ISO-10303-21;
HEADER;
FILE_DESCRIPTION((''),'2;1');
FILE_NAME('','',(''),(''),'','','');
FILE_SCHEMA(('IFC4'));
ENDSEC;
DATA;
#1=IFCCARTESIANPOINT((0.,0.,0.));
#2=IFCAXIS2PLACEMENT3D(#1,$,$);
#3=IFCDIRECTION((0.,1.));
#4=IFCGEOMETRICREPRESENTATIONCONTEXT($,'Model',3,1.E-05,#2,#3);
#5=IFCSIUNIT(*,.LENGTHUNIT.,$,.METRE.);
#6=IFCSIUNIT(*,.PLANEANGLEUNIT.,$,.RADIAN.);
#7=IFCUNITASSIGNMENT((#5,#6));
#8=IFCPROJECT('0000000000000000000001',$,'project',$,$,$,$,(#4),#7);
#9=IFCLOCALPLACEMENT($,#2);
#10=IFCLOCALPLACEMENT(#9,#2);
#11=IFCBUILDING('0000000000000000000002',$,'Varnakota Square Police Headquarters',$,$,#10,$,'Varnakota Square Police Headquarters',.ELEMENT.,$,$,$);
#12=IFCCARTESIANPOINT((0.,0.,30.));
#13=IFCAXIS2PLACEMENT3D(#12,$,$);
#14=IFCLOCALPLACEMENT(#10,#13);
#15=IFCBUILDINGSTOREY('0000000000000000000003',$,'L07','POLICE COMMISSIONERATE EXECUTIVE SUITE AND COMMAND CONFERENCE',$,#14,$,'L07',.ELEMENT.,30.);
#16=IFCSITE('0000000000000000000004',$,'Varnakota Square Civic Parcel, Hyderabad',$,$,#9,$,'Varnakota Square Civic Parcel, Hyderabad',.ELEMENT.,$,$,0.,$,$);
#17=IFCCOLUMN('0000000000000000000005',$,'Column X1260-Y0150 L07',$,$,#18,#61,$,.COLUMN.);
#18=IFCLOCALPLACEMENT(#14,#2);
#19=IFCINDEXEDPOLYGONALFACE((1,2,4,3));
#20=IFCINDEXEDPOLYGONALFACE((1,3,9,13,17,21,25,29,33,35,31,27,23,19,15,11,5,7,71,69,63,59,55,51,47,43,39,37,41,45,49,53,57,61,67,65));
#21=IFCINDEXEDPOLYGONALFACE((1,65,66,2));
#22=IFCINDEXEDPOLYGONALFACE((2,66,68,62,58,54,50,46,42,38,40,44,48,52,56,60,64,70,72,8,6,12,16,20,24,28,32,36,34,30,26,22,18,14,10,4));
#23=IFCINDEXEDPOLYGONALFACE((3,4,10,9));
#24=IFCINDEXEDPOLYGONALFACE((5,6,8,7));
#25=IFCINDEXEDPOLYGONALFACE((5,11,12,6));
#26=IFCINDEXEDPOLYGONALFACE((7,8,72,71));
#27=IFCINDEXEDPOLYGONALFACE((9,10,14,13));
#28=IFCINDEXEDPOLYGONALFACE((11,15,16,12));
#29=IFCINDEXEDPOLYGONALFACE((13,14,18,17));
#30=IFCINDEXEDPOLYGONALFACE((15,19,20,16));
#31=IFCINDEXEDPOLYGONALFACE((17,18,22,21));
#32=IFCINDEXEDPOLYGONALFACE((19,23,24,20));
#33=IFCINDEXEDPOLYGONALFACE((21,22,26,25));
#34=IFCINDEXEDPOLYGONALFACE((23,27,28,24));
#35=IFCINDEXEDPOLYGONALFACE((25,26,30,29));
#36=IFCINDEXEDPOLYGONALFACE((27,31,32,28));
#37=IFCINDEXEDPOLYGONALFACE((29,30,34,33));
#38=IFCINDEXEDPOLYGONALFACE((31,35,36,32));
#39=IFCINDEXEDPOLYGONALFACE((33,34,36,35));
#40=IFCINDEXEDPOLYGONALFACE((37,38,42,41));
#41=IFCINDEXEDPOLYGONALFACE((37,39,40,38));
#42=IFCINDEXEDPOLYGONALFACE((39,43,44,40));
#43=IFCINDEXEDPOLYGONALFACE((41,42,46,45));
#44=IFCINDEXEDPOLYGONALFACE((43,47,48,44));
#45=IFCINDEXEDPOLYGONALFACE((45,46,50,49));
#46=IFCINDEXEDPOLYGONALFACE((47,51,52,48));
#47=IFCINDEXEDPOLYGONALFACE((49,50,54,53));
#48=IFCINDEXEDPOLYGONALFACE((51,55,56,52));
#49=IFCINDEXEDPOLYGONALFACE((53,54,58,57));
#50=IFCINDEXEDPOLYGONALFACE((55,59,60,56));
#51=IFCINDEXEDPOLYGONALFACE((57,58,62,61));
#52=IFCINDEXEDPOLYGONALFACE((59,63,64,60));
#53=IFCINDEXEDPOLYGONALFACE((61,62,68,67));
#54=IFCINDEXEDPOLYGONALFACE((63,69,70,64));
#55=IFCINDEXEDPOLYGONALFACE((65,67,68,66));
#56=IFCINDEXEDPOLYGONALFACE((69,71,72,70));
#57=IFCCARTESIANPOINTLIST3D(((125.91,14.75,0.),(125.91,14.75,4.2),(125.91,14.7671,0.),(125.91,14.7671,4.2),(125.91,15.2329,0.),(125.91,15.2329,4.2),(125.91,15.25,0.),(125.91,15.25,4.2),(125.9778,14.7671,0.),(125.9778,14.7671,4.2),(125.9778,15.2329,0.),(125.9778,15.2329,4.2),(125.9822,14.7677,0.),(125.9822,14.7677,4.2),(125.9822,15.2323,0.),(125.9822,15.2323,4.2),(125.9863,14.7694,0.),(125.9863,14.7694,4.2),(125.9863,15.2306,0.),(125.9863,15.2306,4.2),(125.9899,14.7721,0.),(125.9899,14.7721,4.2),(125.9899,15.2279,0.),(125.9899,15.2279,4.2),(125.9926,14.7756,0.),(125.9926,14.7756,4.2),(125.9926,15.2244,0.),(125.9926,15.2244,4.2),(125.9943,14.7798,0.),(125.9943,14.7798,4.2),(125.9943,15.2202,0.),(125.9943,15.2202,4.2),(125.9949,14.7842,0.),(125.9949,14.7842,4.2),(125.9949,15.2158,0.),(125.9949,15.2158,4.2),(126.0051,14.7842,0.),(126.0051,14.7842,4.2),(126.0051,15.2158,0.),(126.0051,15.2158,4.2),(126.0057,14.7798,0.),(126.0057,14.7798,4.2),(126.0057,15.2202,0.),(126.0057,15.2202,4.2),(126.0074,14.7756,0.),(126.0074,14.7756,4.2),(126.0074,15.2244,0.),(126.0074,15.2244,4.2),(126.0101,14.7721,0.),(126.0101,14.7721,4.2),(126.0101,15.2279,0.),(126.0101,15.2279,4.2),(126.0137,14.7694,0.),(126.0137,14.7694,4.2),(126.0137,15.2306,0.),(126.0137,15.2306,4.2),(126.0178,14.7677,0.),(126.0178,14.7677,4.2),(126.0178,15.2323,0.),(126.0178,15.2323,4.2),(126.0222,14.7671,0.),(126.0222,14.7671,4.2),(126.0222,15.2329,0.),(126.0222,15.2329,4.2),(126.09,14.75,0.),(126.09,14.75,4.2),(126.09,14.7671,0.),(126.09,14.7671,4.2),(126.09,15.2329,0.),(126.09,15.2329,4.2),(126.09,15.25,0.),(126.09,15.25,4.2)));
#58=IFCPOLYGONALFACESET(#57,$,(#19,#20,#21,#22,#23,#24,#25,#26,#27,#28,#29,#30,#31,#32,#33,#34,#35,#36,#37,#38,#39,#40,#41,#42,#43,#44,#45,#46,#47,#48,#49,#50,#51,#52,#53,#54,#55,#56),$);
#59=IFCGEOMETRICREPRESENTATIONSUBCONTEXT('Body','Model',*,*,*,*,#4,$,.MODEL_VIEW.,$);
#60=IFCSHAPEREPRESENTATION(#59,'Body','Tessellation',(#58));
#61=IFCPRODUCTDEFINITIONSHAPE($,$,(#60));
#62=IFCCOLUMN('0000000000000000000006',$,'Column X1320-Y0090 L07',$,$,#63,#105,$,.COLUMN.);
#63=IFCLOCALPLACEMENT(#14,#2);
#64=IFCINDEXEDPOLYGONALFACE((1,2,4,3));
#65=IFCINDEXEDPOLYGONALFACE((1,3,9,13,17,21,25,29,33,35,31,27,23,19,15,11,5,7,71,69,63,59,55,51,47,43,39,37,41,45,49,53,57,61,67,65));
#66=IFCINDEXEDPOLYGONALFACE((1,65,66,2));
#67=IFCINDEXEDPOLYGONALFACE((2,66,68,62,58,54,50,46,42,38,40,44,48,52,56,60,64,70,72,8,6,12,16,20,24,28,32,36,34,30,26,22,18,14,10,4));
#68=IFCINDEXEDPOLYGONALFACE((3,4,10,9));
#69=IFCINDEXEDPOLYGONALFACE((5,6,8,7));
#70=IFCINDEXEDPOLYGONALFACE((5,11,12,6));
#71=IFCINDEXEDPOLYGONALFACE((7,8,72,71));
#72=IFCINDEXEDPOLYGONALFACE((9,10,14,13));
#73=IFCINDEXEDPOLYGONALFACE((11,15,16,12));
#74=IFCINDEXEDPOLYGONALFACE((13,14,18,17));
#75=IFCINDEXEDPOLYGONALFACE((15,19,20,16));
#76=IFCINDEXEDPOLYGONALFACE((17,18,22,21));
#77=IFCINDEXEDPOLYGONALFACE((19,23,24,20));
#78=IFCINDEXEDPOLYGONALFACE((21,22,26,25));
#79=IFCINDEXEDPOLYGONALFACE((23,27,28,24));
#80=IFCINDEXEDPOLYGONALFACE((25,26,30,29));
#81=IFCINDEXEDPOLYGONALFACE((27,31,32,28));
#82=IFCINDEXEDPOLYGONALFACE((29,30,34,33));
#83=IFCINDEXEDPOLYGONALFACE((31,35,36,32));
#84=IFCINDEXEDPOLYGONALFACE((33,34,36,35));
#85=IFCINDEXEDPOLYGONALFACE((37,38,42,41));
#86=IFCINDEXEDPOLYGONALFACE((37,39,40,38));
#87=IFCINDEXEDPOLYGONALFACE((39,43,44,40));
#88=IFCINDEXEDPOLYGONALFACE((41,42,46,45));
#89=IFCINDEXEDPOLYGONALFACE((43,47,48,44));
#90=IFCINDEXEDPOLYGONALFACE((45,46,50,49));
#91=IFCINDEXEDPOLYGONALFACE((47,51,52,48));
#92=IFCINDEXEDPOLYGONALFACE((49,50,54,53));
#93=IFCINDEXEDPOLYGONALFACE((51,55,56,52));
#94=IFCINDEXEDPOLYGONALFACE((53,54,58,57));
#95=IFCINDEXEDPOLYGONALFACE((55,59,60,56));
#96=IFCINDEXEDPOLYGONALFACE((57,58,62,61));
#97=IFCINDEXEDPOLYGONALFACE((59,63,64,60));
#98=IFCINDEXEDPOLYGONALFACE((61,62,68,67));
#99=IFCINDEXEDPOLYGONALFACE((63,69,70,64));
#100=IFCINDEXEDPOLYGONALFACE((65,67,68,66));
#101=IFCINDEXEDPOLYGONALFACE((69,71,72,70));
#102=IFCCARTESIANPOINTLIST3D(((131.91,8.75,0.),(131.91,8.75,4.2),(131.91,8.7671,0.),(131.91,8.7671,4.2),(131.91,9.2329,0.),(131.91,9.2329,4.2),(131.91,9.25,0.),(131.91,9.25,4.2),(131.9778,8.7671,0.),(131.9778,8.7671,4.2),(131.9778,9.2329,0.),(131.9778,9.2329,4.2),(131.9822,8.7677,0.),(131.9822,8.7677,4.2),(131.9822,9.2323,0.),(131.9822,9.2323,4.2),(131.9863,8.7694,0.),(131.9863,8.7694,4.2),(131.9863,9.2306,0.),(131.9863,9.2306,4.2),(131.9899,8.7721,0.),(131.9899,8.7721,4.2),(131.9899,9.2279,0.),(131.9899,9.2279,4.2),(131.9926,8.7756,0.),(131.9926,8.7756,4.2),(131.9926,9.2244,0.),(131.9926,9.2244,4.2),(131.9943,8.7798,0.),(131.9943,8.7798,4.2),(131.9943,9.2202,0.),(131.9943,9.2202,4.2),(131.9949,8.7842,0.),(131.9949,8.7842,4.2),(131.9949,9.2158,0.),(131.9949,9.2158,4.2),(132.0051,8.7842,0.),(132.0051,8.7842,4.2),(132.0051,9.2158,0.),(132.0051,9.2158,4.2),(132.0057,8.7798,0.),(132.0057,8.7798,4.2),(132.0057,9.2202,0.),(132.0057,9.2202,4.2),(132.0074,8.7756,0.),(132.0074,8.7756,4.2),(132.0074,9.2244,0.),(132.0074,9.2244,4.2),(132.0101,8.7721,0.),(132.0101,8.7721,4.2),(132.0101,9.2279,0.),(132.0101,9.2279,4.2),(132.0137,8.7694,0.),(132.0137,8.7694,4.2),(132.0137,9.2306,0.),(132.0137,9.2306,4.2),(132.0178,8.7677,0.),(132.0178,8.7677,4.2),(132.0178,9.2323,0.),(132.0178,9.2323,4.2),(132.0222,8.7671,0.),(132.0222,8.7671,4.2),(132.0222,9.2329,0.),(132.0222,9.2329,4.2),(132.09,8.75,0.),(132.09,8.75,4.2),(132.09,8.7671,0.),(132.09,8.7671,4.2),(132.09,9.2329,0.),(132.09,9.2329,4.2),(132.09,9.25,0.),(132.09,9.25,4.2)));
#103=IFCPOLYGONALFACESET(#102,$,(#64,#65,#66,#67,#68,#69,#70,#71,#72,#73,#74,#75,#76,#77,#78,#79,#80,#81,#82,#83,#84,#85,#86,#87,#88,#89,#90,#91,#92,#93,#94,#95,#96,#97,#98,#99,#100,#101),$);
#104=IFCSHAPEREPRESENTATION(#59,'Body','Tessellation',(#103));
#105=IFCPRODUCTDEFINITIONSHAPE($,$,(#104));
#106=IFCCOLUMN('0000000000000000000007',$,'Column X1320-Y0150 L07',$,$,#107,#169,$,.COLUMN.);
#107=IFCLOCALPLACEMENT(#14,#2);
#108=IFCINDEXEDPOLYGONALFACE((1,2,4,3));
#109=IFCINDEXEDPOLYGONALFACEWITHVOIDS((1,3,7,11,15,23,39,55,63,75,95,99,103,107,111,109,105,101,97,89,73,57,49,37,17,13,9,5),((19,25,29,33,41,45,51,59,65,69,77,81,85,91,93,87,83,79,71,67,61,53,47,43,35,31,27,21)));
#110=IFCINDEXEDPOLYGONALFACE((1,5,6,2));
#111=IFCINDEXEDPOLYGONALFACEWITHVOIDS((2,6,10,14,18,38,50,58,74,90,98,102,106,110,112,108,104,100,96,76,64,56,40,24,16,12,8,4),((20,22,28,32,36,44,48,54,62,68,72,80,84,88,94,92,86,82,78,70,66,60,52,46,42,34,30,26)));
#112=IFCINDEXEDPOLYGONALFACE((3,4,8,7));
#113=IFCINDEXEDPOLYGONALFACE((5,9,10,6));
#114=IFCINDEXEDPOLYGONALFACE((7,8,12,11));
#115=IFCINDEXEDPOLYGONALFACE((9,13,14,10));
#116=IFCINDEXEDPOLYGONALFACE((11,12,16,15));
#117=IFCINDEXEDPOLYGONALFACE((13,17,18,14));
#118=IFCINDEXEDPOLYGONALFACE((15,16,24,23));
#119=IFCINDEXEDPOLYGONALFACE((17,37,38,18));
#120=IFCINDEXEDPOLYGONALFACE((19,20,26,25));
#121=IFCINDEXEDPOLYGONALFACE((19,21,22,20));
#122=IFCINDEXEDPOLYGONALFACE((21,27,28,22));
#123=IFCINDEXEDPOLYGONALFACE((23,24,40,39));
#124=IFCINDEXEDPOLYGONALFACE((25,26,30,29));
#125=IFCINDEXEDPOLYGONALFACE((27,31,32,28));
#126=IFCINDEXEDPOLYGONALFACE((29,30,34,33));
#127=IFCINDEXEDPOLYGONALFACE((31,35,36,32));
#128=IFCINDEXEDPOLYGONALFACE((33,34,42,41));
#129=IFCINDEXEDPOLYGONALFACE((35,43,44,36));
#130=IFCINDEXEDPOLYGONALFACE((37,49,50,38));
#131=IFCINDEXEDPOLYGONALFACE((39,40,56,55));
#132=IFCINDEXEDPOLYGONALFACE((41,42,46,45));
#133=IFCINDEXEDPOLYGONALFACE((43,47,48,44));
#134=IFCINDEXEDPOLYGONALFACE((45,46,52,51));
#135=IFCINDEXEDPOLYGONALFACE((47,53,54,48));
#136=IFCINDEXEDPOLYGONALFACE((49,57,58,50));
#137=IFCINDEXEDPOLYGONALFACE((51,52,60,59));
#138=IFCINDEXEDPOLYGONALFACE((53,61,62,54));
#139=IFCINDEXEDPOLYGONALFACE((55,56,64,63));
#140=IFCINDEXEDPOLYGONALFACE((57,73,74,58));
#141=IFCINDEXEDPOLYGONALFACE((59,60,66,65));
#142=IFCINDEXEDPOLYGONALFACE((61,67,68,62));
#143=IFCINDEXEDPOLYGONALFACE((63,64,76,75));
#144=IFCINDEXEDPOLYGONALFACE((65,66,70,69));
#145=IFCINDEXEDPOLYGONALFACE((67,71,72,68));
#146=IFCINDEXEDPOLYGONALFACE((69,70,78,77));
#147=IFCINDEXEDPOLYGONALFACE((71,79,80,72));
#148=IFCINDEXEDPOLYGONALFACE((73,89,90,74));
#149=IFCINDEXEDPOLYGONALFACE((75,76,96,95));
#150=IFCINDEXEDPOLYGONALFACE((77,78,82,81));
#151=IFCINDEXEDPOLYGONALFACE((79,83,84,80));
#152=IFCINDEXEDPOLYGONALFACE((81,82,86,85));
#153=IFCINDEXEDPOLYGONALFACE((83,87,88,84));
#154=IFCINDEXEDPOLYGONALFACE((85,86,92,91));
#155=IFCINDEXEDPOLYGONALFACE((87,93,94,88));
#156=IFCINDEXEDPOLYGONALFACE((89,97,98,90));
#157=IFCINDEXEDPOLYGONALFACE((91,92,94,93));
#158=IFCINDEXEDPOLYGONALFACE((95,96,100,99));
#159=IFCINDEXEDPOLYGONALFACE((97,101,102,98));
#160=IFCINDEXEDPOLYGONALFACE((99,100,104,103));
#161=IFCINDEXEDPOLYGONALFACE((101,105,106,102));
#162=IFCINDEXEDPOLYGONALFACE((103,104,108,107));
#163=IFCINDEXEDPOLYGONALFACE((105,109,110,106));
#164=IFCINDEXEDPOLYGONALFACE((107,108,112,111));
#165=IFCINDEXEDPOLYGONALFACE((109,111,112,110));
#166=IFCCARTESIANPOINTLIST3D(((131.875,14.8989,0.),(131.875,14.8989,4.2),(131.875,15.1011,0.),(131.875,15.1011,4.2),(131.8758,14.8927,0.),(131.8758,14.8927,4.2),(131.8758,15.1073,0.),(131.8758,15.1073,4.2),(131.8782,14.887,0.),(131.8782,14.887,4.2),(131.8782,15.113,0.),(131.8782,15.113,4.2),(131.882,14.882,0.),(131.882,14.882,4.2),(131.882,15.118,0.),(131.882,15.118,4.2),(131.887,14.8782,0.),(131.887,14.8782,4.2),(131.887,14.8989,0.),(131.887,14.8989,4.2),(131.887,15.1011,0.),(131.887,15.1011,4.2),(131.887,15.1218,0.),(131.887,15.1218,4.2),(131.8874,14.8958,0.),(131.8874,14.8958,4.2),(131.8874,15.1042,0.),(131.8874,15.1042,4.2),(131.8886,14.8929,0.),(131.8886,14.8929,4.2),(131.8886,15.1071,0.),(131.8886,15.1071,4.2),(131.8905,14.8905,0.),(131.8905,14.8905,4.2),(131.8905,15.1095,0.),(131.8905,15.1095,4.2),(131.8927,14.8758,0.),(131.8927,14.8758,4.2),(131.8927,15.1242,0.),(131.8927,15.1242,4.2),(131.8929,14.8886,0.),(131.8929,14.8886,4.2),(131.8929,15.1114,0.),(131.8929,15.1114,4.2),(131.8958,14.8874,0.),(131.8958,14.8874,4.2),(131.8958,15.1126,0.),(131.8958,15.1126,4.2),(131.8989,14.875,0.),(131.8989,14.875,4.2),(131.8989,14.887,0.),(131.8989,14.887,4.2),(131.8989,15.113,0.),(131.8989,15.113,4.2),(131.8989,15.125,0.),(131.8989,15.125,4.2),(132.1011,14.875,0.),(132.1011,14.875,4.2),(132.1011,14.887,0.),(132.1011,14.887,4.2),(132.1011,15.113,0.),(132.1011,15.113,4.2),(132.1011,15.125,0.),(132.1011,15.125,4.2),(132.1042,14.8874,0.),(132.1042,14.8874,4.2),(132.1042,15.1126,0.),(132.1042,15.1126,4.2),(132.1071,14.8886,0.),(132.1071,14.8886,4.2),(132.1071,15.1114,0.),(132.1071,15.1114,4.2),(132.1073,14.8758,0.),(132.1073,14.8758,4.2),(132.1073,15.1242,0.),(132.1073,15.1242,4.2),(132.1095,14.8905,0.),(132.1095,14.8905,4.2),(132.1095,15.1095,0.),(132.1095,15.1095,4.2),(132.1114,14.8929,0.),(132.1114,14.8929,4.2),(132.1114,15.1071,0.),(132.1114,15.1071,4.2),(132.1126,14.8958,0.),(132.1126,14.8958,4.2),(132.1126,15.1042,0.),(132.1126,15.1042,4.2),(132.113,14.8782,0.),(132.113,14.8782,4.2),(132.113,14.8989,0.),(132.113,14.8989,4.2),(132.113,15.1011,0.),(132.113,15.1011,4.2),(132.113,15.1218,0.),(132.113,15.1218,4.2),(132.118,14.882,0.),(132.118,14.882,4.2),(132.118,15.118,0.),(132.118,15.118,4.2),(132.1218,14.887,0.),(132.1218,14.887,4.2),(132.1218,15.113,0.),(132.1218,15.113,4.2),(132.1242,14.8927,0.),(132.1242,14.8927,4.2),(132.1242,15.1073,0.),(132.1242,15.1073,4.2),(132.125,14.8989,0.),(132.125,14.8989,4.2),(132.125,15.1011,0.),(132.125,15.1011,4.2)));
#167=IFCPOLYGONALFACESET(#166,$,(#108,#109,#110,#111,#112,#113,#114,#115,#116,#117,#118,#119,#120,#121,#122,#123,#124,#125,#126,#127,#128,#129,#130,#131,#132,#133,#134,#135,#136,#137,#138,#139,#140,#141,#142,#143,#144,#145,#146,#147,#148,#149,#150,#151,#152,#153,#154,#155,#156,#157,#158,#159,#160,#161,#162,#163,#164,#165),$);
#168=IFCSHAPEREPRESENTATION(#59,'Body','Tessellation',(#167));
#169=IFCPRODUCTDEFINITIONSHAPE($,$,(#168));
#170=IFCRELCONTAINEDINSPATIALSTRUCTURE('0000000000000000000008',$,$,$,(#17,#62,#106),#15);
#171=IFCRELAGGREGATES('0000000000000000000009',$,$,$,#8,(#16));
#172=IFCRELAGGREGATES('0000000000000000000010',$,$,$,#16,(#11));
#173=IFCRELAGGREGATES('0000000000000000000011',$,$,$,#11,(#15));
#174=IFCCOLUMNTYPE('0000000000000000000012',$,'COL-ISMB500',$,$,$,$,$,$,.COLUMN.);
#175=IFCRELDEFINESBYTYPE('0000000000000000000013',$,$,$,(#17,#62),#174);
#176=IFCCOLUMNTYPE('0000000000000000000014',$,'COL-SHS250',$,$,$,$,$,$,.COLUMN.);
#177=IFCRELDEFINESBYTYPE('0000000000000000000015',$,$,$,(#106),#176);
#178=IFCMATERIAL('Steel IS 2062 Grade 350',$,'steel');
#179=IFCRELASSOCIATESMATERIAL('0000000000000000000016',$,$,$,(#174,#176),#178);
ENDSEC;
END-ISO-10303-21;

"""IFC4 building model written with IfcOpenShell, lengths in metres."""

from ifc_helpers import new_model, si_unit, direction, frame, origin, origin_2d, place, context, subcontext, project, spatial, hollow_rectangle, i_section, extrude, material, material_profile, profile_set, type_object, element, save


model = new_model("IFC4")

# Units and contexts
model_context = context("Model", 3, precision=1e-05, world=origin(), true_north=direction((0.0, 1.0)))
body_context = subcontext(model_context, "Body", "Model", "MODEL_VIEW")
ifc_project = project(units=[si_unit("LENGTHUNIT", "METRE"), si_unit("PLANEANGLEUNIT", "RADIAN")], contexts=[model_context])

# Site, building, storey
site_placement = place(None, origin())
site = spatial("IfcSite", under=ifc_project, at=site_placement, Name="Varnakota Square Civic Parcel, Hyderabad", LongName="Varnakota Square Civic Parcel, Hyderabad", CompositionType="ELEMENT", RefElevation=0.0)
building_placement = place(site_placement, origin())
building = spatial("IfcBuilding", under=site, at=building_placement, Name="Varnakota Square Police Headquarters", LongName="Varnakota Square Police Headquarters", CompositionType="ELEMENT")
storey_placement = place(building_placement, frame((0.0, 0.0, 30.0)))
storey = spatial("IfcBuildingStorey", under=building, at=storey_placement, Name="L07", Description="POLICE COMMISSIONERATE EXECUTIVE SUITE AND COMMAND CONFERENCE", LongName="L07", CompositionType="ELEMENT", Elevation=30.0)

# Columns
ifc_material_1 = material(Name="Steel IS 2062 Grade 350", Category="steel")
ifc_material_profile_1 = material_profile(ifc_material_1, i_section(OverallWidth=0.1799, OverallDepth=0.5, WebThickness=0.0103, FlangeThickness=0.0171, FilletRadius=0.0171, at=origin_2d()), Name="ISMB 500")
ifc_profile_set_1 = profile_set([ifc_material_profile_1], Name="Steel IS 2062 Grade 350")
column_type_1 = type_object("IfcColumnType", Name="COL-ISMB500", PredefinedType="COLUMN", material=ifc_profile_set_1)
for number, where, z_axis, x_axis, name in (
    (1, (126.0, 15.0, 0.0), (0.0, 0.0, 1.0), (1.0, 0.0, 0.0), "Column X1260-Y0150 L07"),
    (2, (132.0, 9.0, 0.0), (0.0, 0.0, 1.0), (1.0, 0.0, 0.0), "Column X1320-Y0090 L07"),
):
    element("IfcColumn", number, at=place(storey_placement, frame(where, z_axis=z_axis, x_axis=x_axis)), inside=storey, type_object=column_type_1, Name=name, PredefinedType="COLUMN", context=body_context, shape_type="SweptSolid", body=[
        extrude(i_section(OverallWidth=0.1799, OverallDepth=0.5, WebThickness=0.0103, FlangeThickness=0.0171, FilletRadius=0.0171, at=origin_2d()), origin(), (0.0, 0.0, 1.0), 4.2),
    ])
ifc_material_profile_2 = material_profile(ifc_material_1, hollow_rectangle(XDim=0.25, YDim=0.25, WallThickness=0.012, InnerFilletRadius=0.012, OuterFilletRadius=0.0239, at=origin_2d()), Name="SHS 250x250x12")
ifc_profile_set_2 = profile_set([ifc_material_profile_2], Name="Steel IS 2062 Grade 350")
column_type_2 = type_object("IfcColumnType", Name="COL-SHS250", PredefinedType="COLUMN", material=ifc_profile_set_2)
column_placement = place(storey_placement, frame((132.0, 15.0, 0.0), z_axis=(0.0, 0.0, 1.0), x_axis=(1.0, 0.0, 0.0)))
element("IfcColumn", 3, at=column_placement, inside=storey, type_object=column_type_2, Name="Column X1320-Y0150 L07", PredefinedType="COLUMN", context=body_context, shape_type="SweptSolid", body=[
    extrude(hollow_rectangle(XDim=0.25, YDim=0.25, WallThickness=0.012, InnerFilletRadius=0.012, OuterFilletRadius=0.0239, at=origin_2d()), origin(), (0.0, 0.0, 1.0), 4.2),
])

save(model, "model.ifc")
